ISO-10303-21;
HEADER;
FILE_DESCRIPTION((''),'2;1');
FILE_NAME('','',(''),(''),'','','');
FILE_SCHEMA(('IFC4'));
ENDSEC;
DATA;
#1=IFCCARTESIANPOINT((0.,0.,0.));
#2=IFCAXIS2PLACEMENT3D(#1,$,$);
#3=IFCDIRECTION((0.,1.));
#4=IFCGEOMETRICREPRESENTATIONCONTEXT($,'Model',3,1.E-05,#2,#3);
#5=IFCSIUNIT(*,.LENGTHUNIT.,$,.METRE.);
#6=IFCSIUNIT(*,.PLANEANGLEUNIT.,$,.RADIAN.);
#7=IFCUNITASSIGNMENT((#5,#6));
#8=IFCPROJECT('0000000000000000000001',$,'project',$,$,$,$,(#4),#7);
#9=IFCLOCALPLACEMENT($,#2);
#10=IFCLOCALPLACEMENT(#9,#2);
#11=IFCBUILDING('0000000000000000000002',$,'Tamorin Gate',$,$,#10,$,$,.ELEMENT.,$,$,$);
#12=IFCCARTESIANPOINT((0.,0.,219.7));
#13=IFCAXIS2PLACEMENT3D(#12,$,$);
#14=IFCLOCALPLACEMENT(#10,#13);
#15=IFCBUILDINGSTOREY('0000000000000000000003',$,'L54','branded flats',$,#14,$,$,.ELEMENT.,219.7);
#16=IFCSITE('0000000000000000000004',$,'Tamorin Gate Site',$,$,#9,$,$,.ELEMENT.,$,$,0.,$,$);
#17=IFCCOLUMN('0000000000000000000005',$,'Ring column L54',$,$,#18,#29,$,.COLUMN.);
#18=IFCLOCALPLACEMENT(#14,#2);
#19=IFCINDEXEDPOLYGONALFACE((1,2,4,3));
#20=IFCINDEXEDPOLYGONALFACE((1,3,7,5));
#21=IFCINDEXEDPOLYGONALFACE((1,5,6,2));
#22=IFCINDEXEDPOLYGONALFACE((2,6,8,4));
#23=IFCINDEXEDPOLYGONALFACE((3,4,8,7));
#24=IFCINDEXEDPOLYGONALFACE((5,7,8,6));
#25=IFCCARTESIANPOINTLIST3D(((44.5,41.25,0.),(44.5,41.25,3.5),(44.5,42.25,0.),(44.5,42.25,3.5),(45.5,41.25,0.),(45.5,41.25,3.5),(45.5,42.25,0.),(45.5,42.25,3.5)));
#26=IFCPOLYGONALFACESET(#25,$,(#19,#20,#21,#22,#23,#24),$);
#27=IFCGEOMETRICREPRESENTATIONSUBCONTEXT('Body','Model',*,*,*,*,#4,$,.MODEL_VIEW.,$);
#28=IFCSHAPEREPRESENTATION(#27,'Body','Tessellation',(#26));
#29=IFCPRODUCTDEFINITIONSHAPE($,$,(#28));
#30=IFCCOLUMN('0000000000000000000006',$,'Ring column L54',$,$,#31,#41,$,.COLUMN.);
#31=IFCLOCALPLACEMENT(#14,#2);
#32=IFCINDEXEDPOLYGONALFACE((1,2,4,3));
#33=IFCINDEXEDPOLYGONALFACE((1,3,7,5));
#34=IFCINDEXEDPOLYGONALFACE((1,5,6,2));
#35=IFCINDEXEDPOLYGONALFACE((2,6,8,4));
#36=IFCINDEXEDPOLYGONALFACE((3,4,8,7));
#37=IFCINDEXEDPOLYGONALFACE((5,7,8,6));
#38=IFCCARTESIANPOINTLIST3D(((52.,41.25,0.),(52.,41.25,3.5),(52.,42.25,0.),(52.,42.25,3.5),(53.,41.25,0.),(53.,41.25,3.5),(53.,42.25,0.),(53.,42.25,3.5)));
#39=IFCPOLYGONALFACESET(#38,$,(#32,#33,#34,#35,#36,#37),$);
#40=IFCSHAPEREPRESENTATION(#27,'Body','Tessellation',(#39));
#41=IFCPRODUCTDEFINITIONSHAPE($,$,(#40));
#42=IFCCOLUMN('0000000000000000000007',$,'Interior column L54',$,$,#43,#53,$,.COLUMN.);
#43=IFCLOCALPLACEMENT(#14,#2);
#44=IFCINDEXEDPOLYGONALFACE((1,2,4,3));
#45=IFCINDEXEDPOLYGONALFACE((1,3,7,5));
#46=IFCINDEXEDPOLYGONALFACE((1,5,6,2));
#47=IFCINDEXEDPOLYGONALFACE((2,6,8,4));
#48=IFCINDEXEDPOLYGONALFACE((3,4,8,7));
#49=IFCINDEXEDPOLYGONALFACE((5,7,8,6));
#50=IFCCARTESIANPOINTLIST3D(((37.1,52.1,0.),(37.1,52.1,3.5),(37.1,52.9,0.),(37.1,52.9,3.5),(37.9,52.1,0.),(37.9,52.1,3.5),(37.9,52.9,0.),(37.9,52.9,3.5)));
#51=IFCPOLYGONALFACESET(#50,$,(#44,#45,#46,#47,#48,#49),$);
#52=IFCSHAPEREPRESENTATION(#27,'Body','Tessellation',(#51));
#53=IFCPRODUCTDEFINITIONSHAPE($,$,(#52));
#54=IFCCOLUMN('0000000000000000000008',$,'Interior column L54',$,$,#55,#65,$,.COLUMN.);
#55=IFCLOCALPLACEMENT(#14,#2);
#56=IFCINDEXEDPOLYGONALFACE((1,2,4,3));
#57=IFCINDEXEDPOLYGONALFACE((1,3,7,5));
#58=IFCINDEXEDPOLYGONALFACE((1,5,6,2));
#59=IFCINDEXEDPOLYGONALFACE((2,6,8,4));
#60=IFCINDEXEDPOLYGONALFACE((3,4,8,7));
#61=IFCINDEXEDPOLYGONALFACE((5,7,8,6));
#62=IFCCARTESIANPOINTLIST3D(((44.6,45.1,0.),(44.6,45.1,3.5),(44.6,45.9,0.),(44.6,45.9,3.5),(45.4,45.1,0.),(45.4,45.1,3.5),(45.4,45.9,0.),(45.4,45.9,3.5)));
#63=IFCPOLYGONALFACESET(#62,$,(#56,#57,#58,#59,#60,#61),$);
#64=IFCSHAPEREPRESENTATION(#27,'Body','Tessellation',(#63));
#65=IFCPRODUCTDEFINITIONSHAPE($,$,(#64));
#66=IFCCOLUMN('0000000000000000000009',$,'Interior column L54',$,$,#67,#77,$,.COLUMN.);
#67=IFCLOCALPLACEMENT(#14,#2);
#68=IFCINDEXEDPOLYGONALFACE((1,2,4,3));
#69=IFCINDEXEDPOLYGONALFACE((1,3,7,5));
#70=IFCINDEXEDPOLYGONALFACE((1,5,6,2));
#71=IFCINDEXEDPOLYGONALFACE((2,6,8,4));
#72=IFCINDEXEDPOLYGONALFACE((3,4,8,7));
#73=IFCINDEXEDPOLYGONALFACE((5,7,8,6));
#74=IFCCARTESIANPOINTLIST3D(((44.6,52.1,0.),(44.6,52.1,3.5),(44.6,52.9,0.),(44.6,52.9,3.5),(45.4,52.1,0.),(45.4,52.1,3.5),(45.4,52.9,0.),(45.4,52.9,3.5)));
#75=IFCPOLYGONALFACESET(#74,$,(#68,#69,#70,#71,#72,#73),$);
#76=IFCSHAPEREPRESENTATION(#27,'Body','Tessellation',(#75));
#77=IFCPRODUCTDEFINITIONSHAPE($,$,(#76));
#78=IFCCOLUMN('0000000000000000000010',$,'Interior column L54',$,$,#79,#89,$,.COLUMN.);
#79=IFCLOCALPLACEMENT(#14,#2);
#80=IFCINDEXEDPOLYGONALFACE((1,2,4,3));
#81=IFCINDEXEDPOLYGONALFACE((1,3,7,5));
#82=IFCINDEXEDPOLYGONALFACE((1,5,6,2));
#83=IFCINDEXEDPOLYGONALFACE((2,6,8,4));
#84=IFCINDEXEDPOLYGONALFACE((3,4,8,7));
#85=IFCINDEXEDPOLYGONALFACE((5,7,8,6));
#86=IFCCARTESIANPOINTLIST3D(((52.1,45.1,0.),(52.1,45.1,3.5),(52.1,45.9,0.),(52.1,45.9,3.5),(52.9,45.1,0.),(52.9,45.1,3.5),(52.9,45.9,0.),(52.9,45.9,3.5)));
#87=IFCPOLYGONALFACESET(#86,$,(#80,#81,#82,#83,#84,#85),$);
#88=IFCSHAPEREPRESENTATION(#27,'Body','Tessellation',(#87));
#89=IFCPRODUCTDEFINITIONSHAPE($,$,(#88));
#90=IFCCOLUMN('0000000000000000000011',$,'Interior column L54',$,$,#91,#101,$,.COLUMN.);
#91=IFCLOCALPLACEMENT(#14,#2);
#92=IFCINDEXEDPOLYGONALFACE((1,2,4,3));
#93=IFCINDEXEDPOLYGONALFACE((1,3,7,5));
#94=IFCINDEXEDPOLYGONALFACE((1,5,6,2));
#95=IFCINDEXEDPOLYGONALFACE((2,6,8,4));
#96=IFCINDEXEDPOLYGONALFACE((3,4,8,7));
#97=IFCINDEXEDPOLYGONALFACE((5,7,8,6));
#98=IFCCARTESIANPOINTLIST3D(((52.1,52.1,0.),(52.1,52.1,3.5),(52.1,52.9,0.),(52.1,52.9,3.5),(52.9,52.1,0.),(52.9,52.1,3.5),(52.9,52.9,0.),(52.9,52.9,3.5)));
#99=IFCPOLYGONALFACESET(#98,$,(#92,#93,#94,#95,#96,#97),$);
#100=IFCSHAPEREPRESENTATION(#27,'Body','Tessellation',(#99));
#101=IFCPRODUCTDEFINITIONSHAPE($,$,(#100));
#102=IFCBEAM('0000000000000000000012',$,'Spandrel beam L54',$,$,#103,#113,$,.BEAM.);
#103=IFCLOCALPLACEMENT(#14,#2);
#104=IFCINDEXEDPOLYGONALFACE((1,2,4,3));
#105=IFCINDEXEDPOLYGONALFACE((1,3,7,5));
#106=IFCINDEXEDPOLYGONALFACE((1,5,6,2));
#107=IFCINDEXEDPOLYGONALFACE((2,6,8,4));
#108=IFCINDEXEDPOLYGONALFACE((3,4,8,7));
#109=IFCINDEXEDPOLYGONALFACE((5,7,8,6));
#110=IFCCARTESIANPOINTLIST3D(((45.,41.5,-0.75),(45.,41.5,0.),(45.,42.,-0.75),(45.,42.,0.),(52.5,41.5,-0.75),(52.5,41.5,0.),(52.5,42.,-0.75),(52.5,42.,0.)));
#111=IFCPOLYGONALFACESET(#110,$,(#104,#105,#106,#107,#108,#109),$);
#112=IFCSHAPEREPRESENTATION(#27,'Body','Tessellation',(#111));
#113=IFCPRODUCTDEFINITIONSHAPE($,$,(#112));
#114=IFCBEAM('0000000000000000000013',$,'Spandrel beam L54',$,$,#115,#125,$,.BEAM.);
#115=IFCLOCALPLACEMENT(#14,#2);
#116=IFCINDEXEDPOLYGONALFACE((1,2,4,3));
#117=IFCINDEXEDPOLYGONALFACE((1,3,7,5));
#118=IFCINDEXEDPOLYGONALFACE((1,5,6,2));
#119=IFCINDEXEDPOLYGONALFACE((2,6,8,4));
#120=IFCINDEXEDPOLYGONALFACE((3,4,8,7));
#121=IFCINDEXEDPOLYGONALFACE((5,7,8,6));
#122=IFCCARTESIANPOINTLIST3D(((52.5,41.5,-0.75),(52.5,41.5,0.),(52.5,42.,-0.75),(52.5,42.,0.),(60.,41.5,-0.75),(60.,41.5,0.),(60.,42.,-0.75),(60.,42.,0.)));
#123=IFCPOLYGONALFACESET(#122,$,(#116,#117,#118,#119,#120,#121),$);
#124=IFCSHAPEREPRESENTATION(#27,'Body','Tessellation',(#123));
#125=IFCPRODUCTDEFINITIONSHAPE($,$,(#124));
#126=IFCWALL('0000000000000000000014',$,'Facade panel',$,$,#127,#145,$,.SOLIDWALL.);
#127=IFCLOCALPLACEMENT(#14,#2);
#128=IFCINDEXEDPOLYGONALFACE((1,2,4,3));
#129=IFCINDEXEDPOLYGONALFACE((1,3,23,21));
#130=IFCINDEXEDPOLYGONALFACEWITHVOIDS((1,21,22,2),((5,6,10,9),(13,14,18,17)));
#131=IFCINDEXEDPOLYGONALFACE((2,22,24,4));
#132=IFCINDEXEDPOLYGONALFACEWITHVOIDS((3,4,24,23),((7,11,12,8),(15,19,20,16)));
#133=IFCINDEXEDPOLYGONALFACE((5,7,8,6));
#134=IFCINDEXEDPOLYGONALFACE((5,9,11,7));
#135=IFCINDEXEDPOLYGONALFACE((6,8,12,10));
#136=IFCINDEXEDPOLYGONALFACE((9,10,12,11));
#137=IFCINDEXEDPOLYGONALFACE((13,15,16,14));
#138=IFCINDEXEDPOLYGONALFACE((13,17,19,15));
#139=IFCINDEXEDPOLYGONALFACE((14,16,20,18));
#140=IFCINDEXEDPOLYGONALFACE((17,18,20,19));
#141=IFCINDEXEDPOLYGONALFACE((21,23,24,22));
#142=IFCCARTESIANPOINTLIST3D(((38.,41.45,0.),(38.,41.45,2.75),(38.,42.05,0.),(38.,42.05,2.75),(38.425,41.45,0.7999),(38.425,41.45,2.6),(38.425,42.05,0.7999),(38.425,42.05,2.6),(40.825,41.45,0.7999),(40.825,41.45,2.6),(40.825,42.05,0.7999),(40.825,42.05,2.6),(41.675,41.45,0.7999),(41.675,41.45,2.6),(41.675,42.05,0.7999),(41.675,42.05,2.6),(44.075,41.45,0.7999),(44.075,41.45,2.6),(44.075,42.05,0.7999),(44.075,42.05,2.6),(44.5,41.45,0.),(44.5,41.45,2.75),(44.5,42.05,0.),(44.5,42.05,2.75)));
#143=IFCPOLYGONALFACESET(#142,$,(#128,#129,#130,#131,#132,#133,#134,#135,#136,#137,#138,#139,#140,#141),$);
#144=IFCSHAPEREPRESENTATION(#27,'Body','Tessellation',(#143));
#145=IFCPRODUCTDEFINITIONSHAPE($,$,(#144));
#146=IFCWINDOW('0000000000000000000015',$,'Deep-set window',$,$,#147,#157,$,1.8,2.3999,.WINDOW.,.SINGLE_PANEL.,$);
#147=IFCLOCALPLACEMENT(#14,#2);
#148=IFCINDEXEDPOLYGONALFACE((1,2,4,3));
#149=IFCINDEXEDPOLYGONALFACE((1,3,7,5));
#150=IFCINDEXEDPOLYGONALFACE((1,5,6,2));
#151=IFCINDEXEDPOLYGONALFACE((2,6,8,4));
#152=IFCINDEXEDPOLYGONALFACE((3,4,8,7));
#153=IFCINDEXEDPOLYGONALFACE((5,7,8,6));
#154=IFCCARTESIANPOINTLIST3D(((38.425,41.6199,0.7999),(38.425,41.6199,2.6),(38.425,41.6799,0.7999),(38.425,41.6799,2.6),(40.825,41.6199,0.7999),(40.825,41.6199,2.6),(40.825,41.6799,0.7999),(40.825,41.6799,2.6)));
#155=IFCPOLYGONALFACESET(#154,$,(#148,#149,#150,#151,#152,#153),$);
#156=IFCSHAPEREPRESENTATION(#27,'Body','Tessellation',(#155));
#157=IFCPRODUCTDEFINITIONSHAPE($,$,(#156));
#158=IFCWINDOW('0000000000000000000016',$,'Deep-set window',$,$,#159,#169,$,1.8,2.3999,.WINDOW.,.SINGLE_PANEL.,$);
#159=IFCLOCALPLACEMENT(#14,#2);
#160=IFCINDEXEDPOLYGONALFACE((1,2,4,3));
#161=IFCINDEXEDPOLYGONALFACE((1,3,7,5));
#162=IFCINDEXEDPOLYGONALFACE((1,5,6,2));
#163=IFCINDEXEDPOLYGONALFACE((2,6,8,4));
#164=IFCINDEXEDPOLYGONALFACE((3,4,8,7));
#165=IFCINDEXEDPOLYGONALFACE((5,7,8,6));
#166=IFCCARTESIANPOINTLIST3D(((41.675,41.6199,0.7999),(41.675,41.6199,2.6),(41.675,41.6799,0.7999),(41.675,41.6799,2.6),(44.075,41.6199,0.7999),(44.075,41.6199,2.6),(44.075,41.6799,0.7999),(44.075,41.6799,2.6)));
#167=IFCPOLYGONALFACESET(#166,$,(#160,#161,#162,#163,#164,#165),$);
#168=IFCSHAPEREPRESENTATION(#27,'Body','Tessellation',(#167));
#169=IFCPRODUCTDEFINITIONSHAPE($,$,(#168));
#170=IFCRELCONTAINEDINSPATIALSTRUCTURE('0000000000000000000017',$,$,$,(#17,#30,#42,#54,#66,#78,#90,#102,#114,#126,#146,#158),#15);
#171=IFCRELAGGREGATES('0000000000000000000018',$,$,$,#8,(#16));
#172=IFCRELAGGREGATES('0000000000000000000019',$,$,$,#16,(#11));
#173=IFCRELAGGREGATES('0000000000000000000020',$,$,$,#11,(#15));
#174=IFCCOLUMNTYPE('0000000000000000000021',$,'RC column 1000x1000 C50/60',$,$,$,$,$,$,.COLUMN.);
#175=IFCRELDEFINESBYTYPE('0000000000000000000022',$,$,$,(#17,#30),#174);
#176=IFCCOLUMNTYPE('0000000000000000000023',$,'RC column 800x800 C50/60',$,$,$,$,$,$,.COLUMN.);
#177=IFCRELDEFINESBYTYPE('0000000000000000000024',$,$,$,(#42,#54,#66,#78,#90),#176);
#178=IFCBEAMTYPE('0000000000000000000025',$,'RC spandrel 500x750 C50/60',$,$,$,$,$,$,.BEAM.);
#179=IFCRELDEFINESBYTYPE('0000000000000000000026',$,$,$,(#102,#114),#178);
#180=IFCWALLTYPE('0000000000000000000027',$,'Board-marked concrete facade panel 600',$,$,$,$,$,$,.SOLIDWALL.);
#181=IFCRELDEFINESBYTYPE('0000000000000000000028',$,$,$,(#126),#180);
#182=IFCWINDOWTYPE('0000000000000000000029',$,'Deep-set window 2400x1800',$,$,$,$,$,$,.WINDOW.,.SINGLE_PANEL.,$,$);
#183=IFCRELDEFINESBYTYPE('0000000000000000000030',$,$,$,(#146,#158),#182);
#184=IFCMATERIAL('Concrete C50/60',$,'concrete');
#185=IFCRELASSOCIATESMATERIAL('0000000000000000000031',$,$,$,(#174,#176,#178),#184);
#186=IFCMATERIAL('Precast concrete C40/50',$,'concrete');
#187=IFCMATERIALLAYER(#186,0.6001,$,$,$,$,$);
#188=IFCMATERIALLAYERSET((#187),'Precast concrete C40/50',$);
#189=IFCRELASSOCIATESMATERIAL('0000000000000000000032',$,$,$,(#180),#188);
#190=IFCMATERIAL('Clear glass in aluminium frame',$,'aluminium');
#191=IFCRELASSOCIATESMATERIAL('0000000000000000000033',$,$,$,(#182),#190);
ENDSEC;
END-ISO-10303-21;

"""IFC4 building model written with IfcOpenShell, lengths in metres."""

from ifc_helpers import new_model, si_unit, direction, frame, frame_2d, origin, origin_2d, place, context, subcontext, project, spatial, rectangle, extrude, material, layer, layer_set, material_profile, profile_set, type_object, element, fill, save


model = new_model("IFC4")

# Units and contexts
model_context = context("Model", 3, precision=1e-05, world=origin(), true_north=direction((0.0, 1.0)))
body_context = subcontext(model_context, "Body", "Model", "MODEL_VIEW")
ifc_project = project(units=[si_unit("LENGTHUNIT", "METRE"), si_unit("PLANEANGLEUNIT", "RADIAN")], contexts=[model_context])

# Site, building, storey
site_placement = place(None, origin())
site = spatial("IfcSite", under=ifc_project, at=site_placement, Name="Tamorin Gate Site", CompositionType="ELEMENT", RefElevation=0.0)
building_placement = place(site_placement, origin())
building = spatial("IfcBuilding", under=site, at=building_placement, Name="Tamorin Gate", CompositionType="ELEMENT")
storey_placement = place(building_placement, frame((0.0, 0.0, 219.7)))
storey = spatial("IfcBuildingStorey", under=building, at=storey_placement, Name="L54", Description="branded flats", CompositionType="ELEMENT", Elevation=219.7)

# Columns
ifc_material_1 = material(Name="Concrete C50/60", Category="concrete")
ifc_material_profile_1 = material_profile(ifc_material_1, rectangle(XDim=1.0, YDim=1.0, at=origin_2d()), Name="RC 1000x1000")
ifc_profile_set_1 = profile_set([ifc_material_profile_1], Name="Concrete C50/60")
column_type_1 = type_object("IfcColumnType", Name="RC column 1000x1000 C50/60", PredefinedType="COLUMN", material=ifc_profile_set_1)
for number, where, z_axis, x_axis, name in (
    (1, (45.0, 41.75, 0.0), (0.0, 0.0, 1.0), (1.0, 0.0, 0.0), "Ring column L54"),
    (2, (52.5, 41.75, 0.0), (0.0, 0.0, 1.0), (1.0, 0.0, 0.0), "Ring column L54"),
):
    element("IfcColumn", number, at=place(storey_placement, frame(where, z_axis=z_axis, x_axis=x_axis)), inside=storey, type_object=column_type_1, Name=name, PredefinedType="COLUMN", context=body_context, shape_type="SweptSolid", body=[
        extrude(rectangle(XDim=1.0, YDim=1.0, at=origin_2d()), origin(), (0.0, 0.0, 1.0), 3.5),
    ])
ifc_material_profile_2 = material_profile(ifc_material_1, rectangle(XDim=0.8, YDim=0.8, at=origin_2d()), Name="RC 800x800")
ifc_profile_set_2 = profile_set([ifc_material_profile_2], Name="Concrete C50/60")
column_type_2 = type_object("IfcColumnType", Name="RC column 800x800 C50/60", PredefinedType="COLUMN", material=ifc_profile_set_2)
for number, where, z_axis, x_axis, name in (
    (3, (37.5, 52.5, 0.0), (0.0, 0.0, 1.0), (1.0, 0.0, 0.0), "Interior column L54"),
    (4, (45.0, 45.5, 0.0), (0.0, 0.0, 1.0), (1.0, 0.0, 0.0), "Interior column L54"),
    (5, (45.0, 52.5, 0.0), (0.0, 0.0, 1.0), (1.0, 0.0, 0.0), "Interior column L54"),
    (6, (52.5, 45.5, 0.0), (0.0, 0.0, 1.0), (1.0, 0.0, 0.0), "Interior column L54"),
    (7, (52.5, 52.5, 0.0), (0.0, 0.0, 1.0), (1.0, 0.0, 0.0), "Interior column L54"),
):
    element("IfcColumn", number, at=place(storey_placement, frame(where, z_axis=z_axis, x_axis=x_axis)), inside=storey, type_object=column_type_2, Name=name, PredefinedType="COLUMN", context=body_context, shape_type="SweptSolid", body=[
        extrude(rectangle(XDim=0.8, YDim=0.8, at=origin_2d()), origin(), (0.0, 0.0, 1.0), 3.5),
    ])

# Beams
ifc_material_profile_3 = material_profile(ifc_material_1, rectangle(XDim=0.5, YDim=0.75, at=origin_2d()), Name="RC 500x750")
ifc_profile_set_3 = profile_set([ifc_material_profile_3], Name="Concrete C50/60")
beam_type = type_object("IfcBeamType", Name="RC spandrel 500x750 C50/60", PredefinedType="BEAM", material=ifc_profile_set_3)
for number, where, z_axis, x_axis, name in (
    (8, (45.0, 41.75, -0.375), (1.0, 0.0, 0.0), (0.0, 1.0, 0.0), "Spandrel beam L54"),
    (9, (52.5, 41.75, -0.375), (1.0, 0.0, 0.0), (0.0, 1.0, 0.0), "Spandrel beam L54"),
):
    element("IfcBeam", number, at=place(storey_placement, frame(where, z_axis=z_axis, x_axis=x_axis)), inside=storey, type_object=beam_type, Name=name, PredefinedType="BEAM", context=body_context, shape_type="SweptSolid", body=[
        extrude(rectangle(XDim=0.5, YDim=0.75, at=origin_2d()), origin(), (0.0, 0.0, 1.0), 7.5),
    ])

# Wall, openings, windows
ifc_material_2 = material(Name="Precast concrete C40/50", Category="concrete")
ifc_layer_1 = layer(ifc_material_2, 0.6001)
ifc_layer_set_1 = layer_set([ifc_layer_1], Name="Precast concrete C40/50")
wall_type_1 = type_object("IfcWallType", Name="Board-marked concrete facade panel 600", PredefinedType="SOLIDWALL", material=ifc_layer_set_1)
wall_1_placement = place(storey_placement, frame((38.0, 41.75, 0.0), z_axis=(0.0, 0.0, 1.0), x_axis=(1.0, 0.0, 0.0)))
wall_1 = element("IfcWall", 10, at=wall_1_placement, inside=storey, type_object=wall_type_1, Name="Facade panel", PredefinedType="SOLIDWALL", context=body_context, shape_type="SweptSolid", body=[
    extrude(rectangle(XDim=6.5, YDim=0.6001, at=frame_2d((3.25, 0.0))), origin(), (0.0, 0.0, 1.0), 2.75),
])
opening_1_placement = place(wall_1_placement, frame((0.425, 0.0, 0.8)))
opening_1 = element("IfcOpeningElement", 11, at=opening_1_placement, cuts=wall_1, PredefinedType="OPENING", context=body_context, shape_type="SweptSolid", body=[
    extrude(rectangle(XDim=2.3999, YDim=1.8, at=frame_2d((1.2, 0.8999))), frame((0.0, 0.3101, 0.0), z_axis=(0.0, -1.0, 0.0), x_axis=(1.0, 0.0, 0.0)), (0.0, 0.0, 1.0), 0.6201),
])
opening_2_placement = place(wall_1_placement, frame((3.675, 0.0, 0.8)))
opening_2 = element("IfcOpeningElement", 12, at=opening_2_placement, cuts=wall_1, PredefinedType="OPENING", context=body_context, shape_type="SweptSolid", body=[
    extrude(rectangle(XDim=2.3999, YDim=1.8, at=frame_2d((1.2, 0.8999))), frame((0.0, 0.3101, 0.0), z_axis=(0.0, -1.0, 0.0), x_axis=(1.0, 0.0, 0.0)), (0.0, 0.0, 1.0), 0.6201),
])
ifc_material_3 = material(Name="Clear glass in aluminium frame", Category="aluminium")
window_type = type_object("IfcWindowType", Name="Deep-set window 2400x1800", PartitioningType="SINGLE_PANEL", PredefinedType="WINDOW", material=ifc_material_3)
window_1_placement = place(opening_1_placement, origin())
window_1 = element("IfcWindow", 13, at=window_1_placement, inside=storey, type_object=window_type, Name="Deep-set window", OverallHeight=1.8, OverallWidth=2.3999, PartitioningType="SINGLE_PANEL", PredefinedType="WINDOW", context=body_context, shape_type="SweptSolid", body=[
    extrude(rectangle(XDim=2.3999, YDim=1.8, at=frame_2d((1.2, 0.8999))), frame((0.0, -0.0701, 0.0), z_axis=(0.0, -1.0, 0.0), x_axis=(1.0, 0.0, 0.0)), (0.0, 0.0, 1.0), 0.0601),
])
fill(opening_1, window_1)
window_2_placement = place(opening_2_placement, origin())
window_2 = element("IfcWindow", 14, at=window_2_placement, inside=storey, type_object=window_type, Name="Deep-set window", OverallHeight=1.8, OverallWidth=2.3999, PartitioningType="SINGLE_PANEL", PredefinedType="WINDOW", context=body_context, shape_type="SweptSolid", body=[
    extrude(rectangle(XDim=2.3999, YDim=1.8, at=frame_2d((1.2, 0.8999))), frame((0.0, -0.0701, 0.0), z_axis=(0.0, -1.0, 0.0), x_axis=(1.0, 0.0, 0.0)), (0.0, 0.0, 1.0), 0.0601),
])
fill(opening_2, window_2)

save(model, "model.ifc")
